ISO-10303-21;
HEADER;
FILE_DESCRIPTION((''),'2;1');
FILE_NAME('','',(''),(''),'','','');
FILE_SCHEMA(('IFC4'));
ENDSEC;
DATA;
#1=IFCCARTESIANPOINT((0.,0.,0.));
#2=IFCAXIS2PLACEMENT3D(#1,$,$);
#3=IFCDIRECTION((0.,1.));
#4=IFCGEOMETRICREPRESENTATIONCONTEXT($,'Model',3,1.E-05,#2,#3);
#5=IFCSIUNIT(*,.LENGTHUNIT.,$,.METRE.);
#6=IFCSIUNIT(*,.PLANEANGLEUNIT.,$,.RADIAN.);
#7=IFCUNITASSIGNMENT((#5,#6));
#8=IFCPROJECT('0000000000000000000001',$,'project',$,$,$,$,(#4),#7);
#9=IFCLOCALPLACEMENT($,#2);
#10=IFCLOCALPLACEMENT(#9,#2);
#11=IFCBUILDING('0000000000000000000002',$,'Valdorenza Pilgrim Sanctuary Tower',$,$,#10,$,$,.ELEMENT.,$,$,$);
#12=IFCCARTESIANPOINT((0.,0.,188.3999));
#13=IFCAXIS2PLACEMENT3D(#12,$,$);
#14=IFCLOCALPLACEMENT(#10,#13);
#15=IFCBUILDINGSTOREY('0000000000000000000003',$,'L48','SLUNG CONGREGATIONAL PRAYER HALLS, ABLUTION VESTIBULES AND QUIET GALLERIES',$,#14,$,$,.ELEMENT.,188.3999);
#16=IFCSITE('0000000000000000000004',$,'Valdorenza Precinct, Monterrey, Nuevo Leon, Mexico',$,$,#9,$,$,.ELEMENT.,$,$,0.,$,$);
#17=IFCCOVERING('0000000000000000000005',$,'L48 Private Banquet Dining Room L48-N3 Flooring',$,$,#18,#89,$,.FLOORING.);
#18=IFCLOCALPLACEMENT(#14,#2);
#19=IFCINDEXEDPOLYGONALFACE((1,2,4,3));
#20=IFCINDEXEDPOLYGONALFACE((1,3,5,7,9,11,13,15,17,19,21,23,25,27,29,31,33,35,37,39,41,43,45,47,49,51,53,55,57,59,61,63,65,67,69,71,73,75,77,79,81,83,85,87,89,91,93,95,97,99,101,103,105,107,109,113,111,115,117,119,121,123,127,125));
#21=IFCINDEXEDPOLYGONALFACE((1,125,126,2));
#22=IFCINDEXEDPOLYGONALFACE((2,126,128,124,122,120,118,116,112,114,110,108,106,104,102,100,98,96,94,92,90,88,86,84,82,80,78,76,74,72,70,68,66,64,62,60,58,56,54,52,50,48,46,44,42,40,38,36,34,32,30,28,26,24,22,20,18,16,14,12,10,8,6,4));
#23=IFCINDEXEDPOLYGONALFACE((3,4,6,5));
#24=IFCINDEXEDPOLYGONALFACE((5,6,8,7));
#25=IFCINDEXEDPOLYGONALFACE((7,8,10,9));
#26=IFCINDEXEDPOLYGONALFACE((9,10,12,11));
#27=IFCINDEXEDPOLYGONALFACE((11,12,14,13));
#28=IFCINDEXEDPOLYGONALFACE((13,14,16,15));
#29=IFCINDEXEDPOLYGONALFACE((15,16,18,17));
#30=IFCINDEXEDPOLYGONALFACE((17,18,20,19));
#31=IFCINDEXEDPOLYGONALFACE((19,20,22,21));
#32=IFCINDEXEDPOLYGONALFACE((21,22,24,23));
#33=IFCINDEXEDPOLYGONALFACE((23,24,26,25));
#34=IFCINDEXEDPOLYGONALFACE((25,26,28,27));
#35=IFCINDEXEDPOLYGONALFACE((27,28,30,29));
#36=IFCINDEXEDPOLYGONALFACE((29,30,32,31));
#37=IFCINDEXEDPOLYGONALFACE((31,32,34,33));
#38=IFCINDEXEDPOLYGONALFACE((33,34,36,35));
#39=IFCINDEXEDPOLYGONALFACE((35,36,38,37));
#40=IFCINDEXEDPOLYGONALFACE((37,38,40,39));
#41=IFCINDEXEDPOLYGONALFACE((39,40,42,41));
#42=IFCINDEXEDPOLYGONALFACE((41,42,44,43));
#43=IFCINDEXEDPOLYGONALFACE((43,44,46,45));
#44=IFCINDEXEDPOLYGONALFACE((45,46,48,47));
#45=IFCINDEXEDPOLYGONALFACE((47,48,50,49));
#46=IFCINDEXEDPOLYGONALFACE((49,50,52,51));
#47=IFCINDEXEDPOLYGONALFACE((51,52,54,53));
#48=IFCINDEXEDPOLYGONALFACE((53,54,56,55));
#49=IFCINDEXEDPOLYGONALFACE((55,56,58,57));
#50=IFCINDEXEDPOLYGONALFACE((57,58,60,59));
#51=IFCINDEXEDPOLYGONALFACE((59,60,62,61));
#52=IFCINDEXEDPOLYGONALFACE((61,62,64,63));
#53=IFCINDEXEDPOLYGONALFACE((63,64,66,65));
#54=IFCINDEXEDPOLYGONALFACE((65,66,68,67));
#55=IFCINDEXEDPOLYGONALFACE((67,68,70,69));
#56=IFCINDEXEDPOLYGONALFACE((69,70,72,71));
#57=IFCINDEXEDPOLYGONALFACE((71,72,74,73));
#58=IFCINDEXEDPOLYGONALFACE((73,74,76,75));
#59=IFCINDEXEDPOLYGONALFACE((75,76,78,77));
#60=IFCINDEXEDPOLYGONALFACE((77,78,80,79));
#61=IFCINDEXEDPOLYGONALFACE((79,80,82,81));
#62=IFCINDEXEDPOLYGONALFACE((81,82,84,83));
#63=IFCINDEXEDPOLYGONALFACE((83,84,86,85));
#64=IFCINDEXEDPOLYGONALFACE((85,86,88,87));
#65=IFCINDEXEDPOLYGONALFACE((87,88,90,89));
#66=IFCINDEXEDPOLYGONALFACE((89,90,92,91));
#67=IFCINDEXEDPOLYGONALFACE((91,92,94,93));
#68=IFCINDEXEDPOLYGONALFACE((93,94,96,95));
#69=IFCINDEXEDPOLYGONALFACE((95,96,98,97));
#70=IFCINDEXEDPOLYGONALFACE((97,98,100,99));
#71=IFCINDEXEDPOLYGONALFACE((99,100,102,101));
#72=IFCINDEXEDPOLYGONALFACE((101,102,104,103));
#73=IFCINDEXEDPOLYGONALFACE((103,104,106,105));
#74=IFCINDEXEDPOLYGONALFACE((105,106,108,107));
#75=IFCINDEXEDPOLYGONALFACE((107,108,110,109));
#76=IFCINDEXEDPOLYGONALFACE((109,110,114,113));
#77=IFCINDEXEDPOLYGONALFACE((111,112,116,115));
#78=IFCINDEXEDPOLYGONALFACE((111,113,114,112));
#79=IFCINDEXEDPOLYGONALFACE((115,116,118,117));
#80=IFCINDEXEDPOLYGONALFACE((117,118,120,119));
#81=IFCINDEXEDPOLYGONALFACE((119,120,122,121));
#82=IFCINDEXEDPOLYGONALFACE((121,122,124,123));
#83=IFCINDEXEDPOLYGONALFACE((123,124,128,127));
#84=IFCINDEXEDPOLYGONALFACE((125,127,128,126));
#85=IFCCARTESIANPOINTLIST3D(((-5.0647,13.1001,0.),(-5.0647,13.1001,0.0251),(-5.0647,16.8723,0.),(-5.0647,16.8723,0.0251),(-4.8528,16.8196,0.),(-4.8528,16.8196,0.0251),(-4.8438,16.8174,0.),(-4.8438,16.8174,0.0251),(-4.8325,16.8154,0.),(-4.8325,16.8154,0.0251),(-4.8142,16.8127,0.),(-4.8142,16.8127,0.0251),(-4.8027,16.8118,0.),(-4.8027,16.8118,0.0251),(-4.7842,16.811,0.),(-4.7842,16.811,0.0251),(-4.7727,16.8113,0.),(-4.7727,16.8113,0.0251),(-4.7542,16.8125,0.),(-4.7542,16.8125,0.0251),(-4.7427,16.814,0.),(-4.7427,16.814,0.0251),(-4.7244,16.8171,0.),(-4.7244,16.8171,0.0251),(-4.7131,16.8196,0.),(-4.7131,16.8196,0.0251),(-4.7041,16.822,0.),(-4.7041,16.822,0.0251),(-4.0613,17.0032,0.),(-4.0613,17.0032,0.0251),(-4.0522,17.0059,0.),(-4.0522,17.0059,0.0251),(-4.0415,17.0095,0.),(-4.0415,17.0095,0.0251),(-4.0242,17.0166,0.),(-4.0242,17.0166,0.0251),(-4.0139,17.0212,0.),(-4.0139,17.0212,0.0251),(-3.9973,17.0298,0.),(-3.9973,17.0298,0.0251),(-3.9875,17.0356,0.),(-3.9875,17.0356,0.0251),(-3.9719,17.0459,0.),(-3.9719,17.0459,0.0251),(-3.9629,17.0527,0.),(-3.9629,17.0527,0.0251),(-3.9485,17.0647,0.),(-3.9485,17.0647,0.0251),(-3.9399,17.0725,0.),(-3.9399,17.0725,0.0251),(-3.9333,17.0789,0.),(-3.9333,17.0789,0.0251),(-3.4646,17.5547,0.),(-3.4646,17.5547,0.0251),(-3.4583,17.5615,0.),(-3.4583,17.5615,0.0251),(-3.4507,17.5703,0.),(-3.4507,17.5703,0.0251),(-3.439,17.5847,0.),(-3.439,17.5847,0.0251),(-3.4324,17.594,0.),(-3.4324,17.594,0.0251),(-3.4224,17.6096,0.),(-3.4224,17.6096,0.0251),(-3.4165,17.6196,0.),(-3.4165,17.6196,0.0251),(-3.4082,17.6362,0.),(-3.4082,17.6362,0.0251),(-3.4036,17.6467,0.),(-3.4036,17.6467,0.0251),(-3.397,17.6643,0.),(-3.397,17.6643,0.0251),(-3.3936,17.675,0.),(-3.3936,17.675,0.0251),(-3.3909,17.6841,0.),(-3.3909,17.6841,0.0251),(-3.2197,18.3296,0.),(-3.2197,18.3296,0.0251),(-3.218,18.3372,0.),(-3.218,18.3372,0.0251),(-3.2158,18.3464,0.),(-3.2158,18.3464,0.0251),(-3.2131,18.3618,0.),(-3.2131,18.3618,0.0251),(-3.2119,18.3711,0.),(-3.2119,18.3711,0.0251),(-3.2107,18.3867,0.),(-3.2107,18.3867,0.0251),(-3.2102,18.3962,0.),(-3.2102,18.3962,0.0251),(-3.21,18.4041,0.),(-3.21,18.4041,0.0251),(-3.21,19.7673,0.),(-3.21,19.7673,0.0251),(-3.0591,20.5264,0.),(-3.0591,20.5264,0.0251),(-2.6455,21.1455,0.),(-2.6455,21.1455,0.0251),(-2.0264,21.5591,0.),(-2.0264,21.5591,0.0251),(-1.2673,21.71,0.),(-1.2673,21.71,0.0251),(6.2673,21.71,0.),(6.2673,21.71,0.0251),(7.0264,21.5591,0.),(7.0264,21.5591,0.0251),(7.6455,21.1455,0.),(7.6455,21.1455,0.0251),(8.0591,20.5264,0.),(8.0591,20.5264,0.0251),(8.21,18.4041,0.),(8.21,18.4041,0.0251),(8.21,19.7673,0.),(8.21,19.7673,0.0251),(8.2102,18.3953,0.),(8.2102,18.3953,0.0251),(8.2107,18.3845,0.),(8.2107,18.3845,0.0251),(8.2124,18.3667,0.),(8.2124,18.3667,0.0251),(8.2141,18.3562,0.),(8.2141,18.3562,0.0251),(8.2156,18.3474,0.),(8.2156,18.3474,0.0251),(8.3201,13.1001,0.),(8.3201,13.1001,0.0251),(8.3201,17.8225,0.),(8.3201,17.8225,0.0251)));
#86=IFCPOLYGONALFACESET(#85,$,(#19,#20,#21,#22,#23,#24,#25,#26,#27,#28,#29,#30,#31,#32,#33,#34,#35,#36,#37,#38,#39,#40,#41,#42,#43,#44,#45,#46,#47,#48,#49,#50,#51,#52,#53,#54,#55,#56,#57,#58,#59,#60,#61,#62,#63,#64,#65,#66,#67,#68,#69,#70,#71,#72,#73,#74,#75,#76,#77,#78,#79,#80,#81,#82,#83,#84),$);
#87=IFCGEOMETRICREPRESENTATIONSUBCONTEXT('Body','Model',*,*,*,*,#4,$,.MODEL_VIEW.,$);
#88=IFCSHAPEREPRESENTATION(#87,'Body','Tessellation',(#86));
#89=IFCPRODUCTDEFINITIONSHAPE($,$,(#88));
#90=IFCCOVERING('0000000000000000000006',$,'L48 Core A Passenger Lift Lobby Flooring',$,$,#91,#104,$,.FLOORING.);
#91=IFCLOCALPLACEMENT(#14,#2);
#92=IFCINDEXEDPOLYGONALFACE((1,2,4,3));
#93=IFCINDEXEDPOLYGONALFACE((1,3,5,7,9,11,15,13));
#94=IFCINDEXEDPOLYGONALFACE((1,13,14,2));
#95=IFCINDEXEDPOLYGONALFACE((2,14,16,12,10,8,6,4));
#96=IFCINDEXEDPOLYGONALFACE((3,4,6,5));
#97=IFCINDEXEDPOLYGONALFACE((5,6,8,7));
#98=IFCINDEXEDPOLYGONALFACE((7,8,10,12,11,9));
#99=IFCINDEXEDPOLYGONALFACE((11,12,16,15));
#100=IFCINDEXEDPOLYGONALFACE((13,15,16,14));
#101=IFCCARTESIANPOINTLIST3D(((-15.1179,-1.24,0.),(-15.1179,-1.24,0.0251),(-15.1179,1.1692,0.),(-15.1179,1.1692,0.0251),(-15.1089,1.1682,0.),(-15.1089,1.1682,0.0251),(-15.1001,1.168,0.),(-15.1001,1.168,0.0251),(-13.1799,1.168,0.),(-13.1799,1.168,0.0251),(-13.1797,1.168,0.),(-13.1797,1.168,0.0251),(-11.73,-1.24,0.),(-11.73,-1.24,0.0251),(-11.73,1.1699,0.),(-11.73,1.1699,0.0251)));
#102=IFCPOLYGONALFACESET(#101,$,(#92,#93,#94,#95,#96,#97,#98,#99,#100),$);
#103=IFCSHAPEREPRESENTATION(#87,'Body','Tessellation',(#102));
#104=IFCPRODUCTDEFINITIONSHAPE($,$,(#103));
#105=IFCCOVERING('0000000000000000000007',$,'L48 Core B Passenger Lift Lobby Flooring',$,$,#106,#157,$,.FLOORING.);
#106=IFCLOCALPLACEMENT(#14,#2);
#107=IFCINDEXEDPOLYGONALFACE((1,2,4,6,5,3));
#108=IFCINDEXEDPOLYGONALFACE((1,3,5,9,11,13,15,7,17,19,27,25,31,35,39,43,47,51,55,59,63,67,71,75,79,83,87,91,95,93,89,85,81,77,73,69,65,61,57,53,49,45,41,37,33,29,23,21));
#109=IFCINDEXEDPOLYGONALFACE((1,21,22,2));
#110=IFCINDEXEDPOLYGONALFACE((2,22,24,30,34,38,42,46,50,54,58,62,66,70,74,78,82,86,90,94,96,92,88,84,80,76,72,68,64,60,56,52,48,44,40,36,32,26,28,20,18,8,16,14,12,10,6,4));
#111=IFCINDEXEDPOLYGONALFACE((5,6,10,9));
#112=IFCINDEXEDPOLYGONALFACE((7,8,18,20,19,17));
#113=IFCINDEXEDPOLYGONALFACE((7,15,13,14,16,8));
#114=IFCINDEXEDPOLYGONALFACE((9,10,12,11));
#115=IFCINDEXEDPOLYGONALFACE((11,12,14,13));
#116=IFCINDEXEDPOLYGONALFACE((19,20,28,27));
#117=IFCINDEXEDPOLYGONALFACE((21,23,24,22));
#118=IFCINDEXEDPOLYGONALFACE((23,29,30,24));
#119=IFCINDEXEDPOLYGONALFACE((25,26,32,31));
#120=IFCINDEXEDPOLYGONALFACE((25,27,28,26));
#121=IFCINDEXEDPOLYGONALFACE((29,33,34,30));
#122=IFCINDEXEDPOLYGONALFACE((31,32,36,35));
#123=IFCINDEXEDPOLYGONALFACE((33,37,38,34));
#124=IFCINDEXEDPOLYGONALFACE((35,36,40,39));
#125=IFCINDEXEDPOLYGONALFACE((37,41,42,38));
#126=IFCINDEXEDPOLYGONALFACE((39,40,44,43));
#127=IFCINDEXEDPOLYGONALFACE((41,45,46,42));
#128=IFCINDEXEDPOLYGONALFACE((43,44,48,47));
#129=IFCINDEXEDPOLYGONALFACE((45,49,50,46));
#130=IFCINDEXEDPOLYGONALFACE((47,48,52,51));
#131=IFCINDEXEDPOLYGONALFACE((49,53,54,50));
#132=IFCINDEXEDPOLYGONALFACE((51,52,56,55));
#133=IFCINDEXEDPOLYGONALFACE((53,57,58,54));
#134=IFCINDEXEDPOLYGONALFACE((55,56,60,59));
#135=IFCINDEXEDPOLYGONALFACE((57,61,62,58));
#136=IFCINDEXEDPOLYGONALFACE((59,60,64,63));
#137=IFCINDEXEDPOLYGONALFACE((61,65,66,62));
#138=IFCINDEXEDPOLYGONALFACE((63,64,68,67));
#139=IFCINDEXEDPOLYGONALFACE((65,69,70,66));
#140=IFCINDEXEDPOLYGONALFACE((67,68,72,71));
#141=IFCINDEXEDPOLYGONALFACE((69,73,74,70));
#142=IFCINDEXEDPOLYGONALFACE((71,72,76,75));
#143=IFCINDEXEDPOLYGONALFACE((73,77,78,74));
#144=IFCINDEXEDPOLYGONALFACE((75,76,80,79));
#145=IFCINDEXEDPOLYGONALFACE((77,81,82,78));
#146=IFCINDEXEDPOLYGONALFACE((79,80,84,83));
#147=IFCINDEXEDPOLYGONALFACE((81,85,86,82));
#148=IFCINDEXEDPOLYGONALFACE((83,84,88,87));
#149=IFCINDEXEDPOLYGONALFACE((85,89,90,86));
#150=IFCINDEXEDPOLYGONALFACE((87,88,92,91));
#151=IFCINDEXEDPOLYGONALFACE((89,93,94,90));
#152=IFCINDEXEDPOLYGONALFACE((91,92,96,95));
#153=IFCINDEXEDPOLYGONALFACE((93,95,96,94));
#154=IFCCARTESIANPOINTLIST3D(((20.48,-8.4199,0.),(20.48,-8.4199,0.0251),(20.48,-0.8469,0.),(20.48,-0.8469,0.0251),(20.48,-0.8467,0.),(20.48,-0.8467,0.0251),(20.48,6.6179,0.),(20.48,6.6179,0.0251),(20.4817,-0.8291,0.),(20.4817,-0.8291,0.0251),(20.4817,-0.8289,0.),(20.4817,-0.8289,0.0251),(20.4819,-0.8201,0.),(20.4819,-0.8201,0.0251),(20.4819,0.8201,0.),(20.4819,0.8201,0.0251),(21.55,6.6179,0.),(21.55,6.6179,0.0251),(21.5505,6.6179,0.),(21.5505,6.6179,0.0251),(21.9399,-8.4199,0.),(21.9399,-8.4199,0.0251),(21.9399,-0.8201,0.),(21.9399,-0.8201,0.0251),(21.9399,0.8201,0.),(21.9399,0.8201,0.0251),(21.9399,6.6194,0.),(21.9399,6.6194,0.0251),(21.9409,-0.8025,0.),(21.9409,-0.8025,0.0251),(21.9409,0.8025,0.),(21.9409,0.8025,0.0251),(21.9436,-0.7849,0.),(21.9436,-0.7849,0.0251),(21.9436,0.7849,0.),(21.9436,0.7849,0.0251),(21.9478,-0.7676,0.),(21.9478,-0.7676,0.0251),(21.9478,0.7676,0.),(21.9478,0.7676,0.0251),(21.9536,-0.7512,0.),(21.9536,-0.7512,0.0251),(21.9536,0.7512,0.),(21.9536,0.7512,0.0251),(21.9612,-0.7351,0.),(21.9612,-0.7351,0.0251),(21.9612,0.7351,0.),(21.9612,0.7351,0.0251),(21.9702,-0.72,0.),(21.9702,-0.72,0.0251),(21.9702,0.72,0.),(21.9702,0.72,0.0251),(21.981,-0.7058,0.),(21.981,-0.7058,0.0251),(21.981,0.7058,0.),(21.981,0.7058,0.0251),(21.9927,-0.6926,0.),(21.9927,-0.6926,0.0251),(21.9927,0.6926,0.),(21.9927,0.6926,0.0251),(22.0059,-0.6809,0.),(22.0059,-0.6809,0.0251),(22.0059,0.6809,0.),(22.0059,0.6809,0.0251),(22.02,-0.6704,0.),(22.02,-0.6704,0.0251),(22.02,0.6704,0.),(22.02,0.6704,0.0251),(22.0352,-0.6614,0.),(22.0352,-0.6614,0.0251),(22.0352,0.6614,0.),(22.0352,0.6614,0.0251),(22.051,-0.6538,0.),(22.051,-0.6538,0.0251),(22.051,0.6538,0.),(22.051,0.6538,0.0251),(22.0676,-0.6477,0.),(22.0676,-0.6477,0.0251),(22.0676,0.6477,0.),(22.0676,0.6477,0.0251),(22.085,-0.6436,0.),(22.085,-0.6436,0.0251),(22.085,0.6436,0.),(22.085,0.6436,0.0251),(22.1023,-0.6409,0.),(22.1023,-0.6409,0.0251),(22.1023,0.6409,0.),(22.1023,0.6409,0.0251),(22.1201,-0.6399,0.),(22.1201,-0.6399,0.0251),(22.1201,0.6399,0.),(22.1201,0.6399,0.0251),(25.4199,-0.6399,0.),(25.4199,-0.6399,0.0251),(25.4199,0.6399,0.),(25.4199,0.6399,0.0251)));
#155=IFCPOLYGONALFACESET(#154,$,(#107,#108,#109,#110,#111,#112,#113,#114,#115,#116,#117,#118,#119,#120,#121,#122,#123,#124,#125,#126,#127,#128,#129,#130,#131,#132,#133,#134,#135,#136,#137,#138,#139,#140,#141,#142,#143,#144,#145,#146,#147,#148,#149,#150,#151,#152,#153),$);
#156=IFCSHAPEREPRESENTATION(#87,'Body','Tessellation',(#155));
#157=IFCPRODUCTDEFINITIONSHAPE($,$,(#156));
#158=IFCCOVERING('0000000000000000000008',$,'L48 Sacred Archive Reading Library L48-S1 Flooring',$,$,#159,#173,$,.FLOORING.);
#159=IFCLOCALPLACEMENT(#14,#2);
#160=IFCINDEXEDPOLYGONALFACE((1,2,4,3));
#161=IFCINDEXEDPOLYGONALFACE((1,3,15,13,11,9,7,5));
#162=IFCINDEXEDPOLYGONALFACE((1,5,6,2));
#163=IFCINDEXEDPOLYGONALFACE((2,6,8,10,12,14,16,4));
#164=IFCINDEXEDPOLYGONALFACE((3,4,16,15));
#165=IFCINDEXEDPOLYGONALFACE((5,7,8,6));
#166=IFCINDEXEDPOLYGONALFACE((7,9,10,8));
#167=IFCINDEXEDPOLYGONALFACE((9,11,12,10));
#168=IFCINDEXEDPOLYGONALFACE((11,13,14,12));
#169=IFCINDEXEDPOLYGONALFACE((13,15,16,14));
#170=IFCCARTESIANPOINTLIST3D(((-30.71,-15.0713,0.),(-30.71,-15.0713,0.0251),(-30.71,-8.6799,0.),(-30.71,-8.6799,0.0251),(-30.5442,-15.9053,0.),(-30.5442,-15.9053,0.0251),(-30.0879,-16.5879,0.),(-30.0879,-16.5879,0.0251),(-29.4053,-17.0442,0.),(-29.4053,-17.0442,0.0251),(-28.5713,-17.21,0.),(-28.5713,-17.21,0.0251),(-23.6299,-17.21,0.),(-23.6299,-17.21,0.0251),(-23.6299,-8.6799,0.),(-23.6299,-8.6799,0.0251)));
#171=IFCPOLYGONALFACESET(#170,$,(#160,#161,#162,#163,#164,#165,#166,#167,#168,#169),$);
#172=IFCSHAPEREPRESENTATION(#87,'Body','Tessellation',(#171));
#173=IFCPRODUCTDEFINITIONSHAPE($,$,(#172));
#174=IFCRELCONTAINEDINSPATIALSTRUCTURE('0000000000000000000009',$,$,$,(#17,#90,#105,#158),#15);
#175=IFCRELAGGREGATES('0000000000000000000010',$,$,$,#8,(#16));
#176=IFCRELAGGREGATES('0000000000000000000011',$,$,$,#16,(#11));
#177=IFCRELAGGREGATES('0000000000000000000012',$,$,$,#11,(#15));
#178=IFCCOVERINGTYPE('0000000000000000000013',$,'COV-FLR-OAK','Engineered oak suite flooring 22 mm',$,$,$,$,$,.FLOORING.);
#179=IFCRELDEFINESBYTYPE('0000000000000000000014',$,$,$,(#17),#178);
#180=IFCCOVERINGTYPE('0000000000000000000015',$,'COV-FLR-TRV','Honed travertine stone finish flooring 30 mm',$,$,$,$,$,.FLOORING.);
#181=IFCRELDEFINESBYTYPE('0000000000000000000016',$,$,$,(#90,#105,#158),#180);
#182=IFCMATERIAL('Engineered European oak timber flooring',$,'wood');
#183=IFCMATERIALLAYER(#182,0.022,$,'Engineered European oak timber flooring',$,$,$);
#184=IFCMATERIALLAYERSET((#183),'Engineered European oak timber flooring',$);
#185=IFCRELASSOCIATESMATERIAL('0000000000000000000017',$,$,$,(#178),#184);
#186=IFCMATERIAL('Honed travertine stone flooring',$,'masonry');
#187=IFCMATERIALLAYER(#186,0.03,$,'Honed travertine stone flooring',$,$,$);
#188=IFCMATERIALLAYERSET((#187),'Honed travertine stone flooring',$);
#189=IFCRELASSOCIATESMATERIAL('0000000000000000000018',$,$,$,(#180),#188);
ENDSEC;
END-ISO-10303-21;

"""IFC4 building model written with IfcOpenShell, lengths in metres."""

from ifc_helpers import new_model, si_unit, direction, frame, origin, place, context, subcontext, project, spatial, polyline, outline, extrude, material, layer, layer_set, type_object, element, save


model = new_model("IFC4")

# Units and contexts
model_context = context("Model", 3, precision=1e-05, world=origin(), true_north=direction((0.0, 1.0)))
body_context = subcontext(model_context, "Body", "Model", "MODEL_VIEW")
ifc_project = project(units=[si_unit("LENGTHUNIT", "METRE"), si_unit("PLANEANGLEUNIT", "RADIAN")], contexts=[model_context])

# Site, building, storey
site_placement = place(None, origin())
site = spatial("IfcSite", under=ifc_project, at=site_placement, Name="Valdorenza Precinct, Monterrey, Nuevo Leon, Mexico", CompositionType="ELEMENT", RefElevation=0.0)
building_placement = place(site_placement, origin())
building = spatial("IfcBuilding", under=site, at=building_placement, Name="Valdorenza Pilgrim Sanctuary Tower", CompositionType="ELEMENT")
storey_placement = place(building_placement, frame((0.0, 0.0, 188.3999)))
storey = spatial("IfcBuildingStorey", under=building, at=storey_placement, Name="L48", Description="SLUNG CONGREGATIONAL PRAYER HALLS, ABLUTION VESTIBULES AND QUIET GALLERIES", CompositionType="ELEMENT", Elevation=188.3999)

# Coverings
ifc_material_1 = material(Name="Engineered European oak timber flooring", Category="wood")
ifc_layer_1 = layer(ifc_material_1, 0.022, Name="Engineered European oak timber flooring")
ifc_layer_set_1 = layer_set([ifc_layer_1], Name="Engineered European oak timber flooring")
covering_type_1 = type_object("IfcCoveringType", Name="COV-FLR-OAK", Description="Engineered oak suite flooring 22 mm", PredefinedType="FLOORING", material=ifc_layer_set_1)
covering_1_placement = place(storey_placement, origin())
element("IfcCovering", 1, at=covering_1_placement, inside=storey, type_object=covering_type_1, Name="L48 Private Banquet Dining Room L48-N3 Flooring", PredefinedType="FLOORING", context=body_context, shape_type="SweptSolid", body=[
    extrude(outline(polyline([(-5.0647, 13.1001), (-5.0647, 16.8723), (-4.8528, 16.8196), (-4.8438, 16.8174), (-4.8325, 16.8154), (-4.8142, 16.8127), (-4.8027, 16.8118), (-4.7842, 16.811), (-4.7727, 16.8113), (-4.7542, 16.8125), (-4.7427, 16.814), (-4.7244, 16.8171), (-4.7131, 16.8196), (-4.7041, 16.822), (-4.0613, 17.0032), (-4.0522, 17.0059), (-4.0415, 17.0095), (-4.0242, 17.0166), (-4.0139, 17.0212), (-3.9973, 17.0298), (-3.9875, 17.0356), (-3.9719, 17.0459), (-3.9629, 17.0527), (-3.9485, 17.0647), (-3.9399, 17.0725), (-3.9333, 17.0789), (-3.4646, 17.5547), (-3.4583, 17.5615), (-3.4507, 17.5703), (-3.439, 17.5847), (-3.4324, 17.594), (-3.4224, 17.6096), (-3.4165, 17.6196), (-3.4082, 17.6362), (-3.4036, 17.6467), (-3.397, 17.6643), (-3.3936, 17.675), (-3.3909, 17.6841), (-3.2197, 18.3296), (-3.218, 18.3372), (-3.2158, 18.3464), (-3.2131, 18.3618), (-3.2119, 18.3711), (-3.2107, 18.3867), (-3.2102, 18.3962), (-3.21, 18.4041), (-3.21, 19.7673), (-3.0591, 20.5264), (-2.6455, 21.1455), (-2.0264, 21.5591), (-1.2673, 21.71), (6.2673, 21.71), (7.0264, 21.5591), (7.6455, 21.1455), (8.0591, 20.5264), (8.21, 19.7673), (8.21, 18.4041), (8.2102, 18.3953), (8.2107, 18.3845), (8.2124, 18.3667), (8.2141, 18.3562), (8.2156, 18.3474), (8.3201, 17.8225), (8.3201, 13.1001), (-5.0647, 13.1001)])), origin(), (0.0, 0.0, 1.0), 0.0251),
])
ifc_material_2 = material(Name="Honed travertine stone flooring", Category="masonry")
ifc_layer_2 = layer(ifc_material_2, 0.03, Name="Honed travertine stone flooring")
ifc_layer_set_2 = layer_set([ifc_layer_2], Name="Honed travertine stone flooring")
covering_type_2 = type_object("IfcCoveringType", Name="COV-FLR-TRV", Description="Honed travertine stone finish flooring 30 mm", PredefinedType="FLOORING", material=ifc_layer_set_2)
covering_2_placement = place(storey_placement, origin())
element("IfcCovering", 2, at=covering_2_placement, inside=storey, type_object=covering_type_2, Name="L48 Core A Passenger Lift Lobby Flooring", PredefinedType="FLOORING", context=body_context, shape_type="SweptSolid", body=[
    extrude(outline(polyline([(-15.1179, 1.1692), (-15.1089, 1.1682), (-15.1089, 1.1682), (-15.1001, 1.168), (-13.1799, 1.168), (-13.1797, 1.168), (-11.73, 1.1699), (-11.73, -1.24), (-15.1179, -1.24), (-15.1179, 1.1692)])), origin(), (0.0, 0.0, 1.0), 0.0251),
])
covering_3_placement = place(storey_placement, origin())
element("IfcCovering", 3, at=covering_3_placement, inside=storey, type_object=covering_type_2, Name="L48 Core B Passenger Lift Lobby Flooring", PredefinedType="FLOORING", context=body_context, shape_type="SweptSolid", body=[
    extrude(outline(polyline([(20.48, 6.6179), (21.55, 6.6179), (21.5505, 6.6179), (21.9399, 6.6194), (21.9399, 0.8201), (21.9409, 0.8025), (21.9436, 0.7849), (21.9478, 0.7676), (21.9536, 0.7512), (21.9612, 0.7351), (21.9702, 0.72), (21.981, 0.7058), (21.9927, 0.6926), (22.0059, 0.6809), (22.02, 0.6704), (22.0352, 0.6614), (22.051, 0.6538), (22.0676, 0.6477), (22.085, 0.6436), (22.1023, 0.6409), (22.1201, 0.6399), (25.4199, 0.6399), (25.4199, -0.6399), (22.1201, -0.6399), (22.1023, -0.6409), (22.085, -0.6436), (22.0676, -0.6477), (22.051, -0.6538), (22.0352, -0.6614), (22.02, -0.6704), (22.0059, -0.6809), (21.9927, -0.6926), (21.981, -0.7058), (21.9702, -0.72), (21.9612, -0.7351), (21.9536, -0.7512), (21.9478, -0.7676), (21.9436, -0.7849), (21.9409, -0.8025), (21.9399, -0.8201), (21.9399, -8.4199), (20.48, -8.4199), (20.48, -0.8469), (20.48, -0.8467), (20.48, -0.8467), (20.4817, -0.8291), (20.4817, -0.8289), (20.4819, -0.8201), (20.4819, 0.8201), (20.48, 6.6179)])), origin(), (0.0, 0.0, 1.0), 0.0251),
])
covering_4_placement = place(storey_placement, origin())
element("IfcCovering", 4, at=covering_4_placement, inside=storey, type_object=covering_type_2, Name="L48 Sacred Archive Reading Library L48-S1 Flooring", PredefinedType="FLOORING", context=body_context, shape_type="SweptSolid", body=[
    extrude(outline(polyline([(-23.6299, -17.21), (-28.5713, -17.21), (-29.4053, -17.0442), (-30.0879, -16.5879), (-30.5442, -15.9053), (-30.71, -15.0713), (-30.71, -8.6799), (-23.6299, -8.6799), (-23.6299, -17.21)])), origin(), (0.0, 0.0, 1.0), 0.0251),
])

save(model, "model.ifc")
